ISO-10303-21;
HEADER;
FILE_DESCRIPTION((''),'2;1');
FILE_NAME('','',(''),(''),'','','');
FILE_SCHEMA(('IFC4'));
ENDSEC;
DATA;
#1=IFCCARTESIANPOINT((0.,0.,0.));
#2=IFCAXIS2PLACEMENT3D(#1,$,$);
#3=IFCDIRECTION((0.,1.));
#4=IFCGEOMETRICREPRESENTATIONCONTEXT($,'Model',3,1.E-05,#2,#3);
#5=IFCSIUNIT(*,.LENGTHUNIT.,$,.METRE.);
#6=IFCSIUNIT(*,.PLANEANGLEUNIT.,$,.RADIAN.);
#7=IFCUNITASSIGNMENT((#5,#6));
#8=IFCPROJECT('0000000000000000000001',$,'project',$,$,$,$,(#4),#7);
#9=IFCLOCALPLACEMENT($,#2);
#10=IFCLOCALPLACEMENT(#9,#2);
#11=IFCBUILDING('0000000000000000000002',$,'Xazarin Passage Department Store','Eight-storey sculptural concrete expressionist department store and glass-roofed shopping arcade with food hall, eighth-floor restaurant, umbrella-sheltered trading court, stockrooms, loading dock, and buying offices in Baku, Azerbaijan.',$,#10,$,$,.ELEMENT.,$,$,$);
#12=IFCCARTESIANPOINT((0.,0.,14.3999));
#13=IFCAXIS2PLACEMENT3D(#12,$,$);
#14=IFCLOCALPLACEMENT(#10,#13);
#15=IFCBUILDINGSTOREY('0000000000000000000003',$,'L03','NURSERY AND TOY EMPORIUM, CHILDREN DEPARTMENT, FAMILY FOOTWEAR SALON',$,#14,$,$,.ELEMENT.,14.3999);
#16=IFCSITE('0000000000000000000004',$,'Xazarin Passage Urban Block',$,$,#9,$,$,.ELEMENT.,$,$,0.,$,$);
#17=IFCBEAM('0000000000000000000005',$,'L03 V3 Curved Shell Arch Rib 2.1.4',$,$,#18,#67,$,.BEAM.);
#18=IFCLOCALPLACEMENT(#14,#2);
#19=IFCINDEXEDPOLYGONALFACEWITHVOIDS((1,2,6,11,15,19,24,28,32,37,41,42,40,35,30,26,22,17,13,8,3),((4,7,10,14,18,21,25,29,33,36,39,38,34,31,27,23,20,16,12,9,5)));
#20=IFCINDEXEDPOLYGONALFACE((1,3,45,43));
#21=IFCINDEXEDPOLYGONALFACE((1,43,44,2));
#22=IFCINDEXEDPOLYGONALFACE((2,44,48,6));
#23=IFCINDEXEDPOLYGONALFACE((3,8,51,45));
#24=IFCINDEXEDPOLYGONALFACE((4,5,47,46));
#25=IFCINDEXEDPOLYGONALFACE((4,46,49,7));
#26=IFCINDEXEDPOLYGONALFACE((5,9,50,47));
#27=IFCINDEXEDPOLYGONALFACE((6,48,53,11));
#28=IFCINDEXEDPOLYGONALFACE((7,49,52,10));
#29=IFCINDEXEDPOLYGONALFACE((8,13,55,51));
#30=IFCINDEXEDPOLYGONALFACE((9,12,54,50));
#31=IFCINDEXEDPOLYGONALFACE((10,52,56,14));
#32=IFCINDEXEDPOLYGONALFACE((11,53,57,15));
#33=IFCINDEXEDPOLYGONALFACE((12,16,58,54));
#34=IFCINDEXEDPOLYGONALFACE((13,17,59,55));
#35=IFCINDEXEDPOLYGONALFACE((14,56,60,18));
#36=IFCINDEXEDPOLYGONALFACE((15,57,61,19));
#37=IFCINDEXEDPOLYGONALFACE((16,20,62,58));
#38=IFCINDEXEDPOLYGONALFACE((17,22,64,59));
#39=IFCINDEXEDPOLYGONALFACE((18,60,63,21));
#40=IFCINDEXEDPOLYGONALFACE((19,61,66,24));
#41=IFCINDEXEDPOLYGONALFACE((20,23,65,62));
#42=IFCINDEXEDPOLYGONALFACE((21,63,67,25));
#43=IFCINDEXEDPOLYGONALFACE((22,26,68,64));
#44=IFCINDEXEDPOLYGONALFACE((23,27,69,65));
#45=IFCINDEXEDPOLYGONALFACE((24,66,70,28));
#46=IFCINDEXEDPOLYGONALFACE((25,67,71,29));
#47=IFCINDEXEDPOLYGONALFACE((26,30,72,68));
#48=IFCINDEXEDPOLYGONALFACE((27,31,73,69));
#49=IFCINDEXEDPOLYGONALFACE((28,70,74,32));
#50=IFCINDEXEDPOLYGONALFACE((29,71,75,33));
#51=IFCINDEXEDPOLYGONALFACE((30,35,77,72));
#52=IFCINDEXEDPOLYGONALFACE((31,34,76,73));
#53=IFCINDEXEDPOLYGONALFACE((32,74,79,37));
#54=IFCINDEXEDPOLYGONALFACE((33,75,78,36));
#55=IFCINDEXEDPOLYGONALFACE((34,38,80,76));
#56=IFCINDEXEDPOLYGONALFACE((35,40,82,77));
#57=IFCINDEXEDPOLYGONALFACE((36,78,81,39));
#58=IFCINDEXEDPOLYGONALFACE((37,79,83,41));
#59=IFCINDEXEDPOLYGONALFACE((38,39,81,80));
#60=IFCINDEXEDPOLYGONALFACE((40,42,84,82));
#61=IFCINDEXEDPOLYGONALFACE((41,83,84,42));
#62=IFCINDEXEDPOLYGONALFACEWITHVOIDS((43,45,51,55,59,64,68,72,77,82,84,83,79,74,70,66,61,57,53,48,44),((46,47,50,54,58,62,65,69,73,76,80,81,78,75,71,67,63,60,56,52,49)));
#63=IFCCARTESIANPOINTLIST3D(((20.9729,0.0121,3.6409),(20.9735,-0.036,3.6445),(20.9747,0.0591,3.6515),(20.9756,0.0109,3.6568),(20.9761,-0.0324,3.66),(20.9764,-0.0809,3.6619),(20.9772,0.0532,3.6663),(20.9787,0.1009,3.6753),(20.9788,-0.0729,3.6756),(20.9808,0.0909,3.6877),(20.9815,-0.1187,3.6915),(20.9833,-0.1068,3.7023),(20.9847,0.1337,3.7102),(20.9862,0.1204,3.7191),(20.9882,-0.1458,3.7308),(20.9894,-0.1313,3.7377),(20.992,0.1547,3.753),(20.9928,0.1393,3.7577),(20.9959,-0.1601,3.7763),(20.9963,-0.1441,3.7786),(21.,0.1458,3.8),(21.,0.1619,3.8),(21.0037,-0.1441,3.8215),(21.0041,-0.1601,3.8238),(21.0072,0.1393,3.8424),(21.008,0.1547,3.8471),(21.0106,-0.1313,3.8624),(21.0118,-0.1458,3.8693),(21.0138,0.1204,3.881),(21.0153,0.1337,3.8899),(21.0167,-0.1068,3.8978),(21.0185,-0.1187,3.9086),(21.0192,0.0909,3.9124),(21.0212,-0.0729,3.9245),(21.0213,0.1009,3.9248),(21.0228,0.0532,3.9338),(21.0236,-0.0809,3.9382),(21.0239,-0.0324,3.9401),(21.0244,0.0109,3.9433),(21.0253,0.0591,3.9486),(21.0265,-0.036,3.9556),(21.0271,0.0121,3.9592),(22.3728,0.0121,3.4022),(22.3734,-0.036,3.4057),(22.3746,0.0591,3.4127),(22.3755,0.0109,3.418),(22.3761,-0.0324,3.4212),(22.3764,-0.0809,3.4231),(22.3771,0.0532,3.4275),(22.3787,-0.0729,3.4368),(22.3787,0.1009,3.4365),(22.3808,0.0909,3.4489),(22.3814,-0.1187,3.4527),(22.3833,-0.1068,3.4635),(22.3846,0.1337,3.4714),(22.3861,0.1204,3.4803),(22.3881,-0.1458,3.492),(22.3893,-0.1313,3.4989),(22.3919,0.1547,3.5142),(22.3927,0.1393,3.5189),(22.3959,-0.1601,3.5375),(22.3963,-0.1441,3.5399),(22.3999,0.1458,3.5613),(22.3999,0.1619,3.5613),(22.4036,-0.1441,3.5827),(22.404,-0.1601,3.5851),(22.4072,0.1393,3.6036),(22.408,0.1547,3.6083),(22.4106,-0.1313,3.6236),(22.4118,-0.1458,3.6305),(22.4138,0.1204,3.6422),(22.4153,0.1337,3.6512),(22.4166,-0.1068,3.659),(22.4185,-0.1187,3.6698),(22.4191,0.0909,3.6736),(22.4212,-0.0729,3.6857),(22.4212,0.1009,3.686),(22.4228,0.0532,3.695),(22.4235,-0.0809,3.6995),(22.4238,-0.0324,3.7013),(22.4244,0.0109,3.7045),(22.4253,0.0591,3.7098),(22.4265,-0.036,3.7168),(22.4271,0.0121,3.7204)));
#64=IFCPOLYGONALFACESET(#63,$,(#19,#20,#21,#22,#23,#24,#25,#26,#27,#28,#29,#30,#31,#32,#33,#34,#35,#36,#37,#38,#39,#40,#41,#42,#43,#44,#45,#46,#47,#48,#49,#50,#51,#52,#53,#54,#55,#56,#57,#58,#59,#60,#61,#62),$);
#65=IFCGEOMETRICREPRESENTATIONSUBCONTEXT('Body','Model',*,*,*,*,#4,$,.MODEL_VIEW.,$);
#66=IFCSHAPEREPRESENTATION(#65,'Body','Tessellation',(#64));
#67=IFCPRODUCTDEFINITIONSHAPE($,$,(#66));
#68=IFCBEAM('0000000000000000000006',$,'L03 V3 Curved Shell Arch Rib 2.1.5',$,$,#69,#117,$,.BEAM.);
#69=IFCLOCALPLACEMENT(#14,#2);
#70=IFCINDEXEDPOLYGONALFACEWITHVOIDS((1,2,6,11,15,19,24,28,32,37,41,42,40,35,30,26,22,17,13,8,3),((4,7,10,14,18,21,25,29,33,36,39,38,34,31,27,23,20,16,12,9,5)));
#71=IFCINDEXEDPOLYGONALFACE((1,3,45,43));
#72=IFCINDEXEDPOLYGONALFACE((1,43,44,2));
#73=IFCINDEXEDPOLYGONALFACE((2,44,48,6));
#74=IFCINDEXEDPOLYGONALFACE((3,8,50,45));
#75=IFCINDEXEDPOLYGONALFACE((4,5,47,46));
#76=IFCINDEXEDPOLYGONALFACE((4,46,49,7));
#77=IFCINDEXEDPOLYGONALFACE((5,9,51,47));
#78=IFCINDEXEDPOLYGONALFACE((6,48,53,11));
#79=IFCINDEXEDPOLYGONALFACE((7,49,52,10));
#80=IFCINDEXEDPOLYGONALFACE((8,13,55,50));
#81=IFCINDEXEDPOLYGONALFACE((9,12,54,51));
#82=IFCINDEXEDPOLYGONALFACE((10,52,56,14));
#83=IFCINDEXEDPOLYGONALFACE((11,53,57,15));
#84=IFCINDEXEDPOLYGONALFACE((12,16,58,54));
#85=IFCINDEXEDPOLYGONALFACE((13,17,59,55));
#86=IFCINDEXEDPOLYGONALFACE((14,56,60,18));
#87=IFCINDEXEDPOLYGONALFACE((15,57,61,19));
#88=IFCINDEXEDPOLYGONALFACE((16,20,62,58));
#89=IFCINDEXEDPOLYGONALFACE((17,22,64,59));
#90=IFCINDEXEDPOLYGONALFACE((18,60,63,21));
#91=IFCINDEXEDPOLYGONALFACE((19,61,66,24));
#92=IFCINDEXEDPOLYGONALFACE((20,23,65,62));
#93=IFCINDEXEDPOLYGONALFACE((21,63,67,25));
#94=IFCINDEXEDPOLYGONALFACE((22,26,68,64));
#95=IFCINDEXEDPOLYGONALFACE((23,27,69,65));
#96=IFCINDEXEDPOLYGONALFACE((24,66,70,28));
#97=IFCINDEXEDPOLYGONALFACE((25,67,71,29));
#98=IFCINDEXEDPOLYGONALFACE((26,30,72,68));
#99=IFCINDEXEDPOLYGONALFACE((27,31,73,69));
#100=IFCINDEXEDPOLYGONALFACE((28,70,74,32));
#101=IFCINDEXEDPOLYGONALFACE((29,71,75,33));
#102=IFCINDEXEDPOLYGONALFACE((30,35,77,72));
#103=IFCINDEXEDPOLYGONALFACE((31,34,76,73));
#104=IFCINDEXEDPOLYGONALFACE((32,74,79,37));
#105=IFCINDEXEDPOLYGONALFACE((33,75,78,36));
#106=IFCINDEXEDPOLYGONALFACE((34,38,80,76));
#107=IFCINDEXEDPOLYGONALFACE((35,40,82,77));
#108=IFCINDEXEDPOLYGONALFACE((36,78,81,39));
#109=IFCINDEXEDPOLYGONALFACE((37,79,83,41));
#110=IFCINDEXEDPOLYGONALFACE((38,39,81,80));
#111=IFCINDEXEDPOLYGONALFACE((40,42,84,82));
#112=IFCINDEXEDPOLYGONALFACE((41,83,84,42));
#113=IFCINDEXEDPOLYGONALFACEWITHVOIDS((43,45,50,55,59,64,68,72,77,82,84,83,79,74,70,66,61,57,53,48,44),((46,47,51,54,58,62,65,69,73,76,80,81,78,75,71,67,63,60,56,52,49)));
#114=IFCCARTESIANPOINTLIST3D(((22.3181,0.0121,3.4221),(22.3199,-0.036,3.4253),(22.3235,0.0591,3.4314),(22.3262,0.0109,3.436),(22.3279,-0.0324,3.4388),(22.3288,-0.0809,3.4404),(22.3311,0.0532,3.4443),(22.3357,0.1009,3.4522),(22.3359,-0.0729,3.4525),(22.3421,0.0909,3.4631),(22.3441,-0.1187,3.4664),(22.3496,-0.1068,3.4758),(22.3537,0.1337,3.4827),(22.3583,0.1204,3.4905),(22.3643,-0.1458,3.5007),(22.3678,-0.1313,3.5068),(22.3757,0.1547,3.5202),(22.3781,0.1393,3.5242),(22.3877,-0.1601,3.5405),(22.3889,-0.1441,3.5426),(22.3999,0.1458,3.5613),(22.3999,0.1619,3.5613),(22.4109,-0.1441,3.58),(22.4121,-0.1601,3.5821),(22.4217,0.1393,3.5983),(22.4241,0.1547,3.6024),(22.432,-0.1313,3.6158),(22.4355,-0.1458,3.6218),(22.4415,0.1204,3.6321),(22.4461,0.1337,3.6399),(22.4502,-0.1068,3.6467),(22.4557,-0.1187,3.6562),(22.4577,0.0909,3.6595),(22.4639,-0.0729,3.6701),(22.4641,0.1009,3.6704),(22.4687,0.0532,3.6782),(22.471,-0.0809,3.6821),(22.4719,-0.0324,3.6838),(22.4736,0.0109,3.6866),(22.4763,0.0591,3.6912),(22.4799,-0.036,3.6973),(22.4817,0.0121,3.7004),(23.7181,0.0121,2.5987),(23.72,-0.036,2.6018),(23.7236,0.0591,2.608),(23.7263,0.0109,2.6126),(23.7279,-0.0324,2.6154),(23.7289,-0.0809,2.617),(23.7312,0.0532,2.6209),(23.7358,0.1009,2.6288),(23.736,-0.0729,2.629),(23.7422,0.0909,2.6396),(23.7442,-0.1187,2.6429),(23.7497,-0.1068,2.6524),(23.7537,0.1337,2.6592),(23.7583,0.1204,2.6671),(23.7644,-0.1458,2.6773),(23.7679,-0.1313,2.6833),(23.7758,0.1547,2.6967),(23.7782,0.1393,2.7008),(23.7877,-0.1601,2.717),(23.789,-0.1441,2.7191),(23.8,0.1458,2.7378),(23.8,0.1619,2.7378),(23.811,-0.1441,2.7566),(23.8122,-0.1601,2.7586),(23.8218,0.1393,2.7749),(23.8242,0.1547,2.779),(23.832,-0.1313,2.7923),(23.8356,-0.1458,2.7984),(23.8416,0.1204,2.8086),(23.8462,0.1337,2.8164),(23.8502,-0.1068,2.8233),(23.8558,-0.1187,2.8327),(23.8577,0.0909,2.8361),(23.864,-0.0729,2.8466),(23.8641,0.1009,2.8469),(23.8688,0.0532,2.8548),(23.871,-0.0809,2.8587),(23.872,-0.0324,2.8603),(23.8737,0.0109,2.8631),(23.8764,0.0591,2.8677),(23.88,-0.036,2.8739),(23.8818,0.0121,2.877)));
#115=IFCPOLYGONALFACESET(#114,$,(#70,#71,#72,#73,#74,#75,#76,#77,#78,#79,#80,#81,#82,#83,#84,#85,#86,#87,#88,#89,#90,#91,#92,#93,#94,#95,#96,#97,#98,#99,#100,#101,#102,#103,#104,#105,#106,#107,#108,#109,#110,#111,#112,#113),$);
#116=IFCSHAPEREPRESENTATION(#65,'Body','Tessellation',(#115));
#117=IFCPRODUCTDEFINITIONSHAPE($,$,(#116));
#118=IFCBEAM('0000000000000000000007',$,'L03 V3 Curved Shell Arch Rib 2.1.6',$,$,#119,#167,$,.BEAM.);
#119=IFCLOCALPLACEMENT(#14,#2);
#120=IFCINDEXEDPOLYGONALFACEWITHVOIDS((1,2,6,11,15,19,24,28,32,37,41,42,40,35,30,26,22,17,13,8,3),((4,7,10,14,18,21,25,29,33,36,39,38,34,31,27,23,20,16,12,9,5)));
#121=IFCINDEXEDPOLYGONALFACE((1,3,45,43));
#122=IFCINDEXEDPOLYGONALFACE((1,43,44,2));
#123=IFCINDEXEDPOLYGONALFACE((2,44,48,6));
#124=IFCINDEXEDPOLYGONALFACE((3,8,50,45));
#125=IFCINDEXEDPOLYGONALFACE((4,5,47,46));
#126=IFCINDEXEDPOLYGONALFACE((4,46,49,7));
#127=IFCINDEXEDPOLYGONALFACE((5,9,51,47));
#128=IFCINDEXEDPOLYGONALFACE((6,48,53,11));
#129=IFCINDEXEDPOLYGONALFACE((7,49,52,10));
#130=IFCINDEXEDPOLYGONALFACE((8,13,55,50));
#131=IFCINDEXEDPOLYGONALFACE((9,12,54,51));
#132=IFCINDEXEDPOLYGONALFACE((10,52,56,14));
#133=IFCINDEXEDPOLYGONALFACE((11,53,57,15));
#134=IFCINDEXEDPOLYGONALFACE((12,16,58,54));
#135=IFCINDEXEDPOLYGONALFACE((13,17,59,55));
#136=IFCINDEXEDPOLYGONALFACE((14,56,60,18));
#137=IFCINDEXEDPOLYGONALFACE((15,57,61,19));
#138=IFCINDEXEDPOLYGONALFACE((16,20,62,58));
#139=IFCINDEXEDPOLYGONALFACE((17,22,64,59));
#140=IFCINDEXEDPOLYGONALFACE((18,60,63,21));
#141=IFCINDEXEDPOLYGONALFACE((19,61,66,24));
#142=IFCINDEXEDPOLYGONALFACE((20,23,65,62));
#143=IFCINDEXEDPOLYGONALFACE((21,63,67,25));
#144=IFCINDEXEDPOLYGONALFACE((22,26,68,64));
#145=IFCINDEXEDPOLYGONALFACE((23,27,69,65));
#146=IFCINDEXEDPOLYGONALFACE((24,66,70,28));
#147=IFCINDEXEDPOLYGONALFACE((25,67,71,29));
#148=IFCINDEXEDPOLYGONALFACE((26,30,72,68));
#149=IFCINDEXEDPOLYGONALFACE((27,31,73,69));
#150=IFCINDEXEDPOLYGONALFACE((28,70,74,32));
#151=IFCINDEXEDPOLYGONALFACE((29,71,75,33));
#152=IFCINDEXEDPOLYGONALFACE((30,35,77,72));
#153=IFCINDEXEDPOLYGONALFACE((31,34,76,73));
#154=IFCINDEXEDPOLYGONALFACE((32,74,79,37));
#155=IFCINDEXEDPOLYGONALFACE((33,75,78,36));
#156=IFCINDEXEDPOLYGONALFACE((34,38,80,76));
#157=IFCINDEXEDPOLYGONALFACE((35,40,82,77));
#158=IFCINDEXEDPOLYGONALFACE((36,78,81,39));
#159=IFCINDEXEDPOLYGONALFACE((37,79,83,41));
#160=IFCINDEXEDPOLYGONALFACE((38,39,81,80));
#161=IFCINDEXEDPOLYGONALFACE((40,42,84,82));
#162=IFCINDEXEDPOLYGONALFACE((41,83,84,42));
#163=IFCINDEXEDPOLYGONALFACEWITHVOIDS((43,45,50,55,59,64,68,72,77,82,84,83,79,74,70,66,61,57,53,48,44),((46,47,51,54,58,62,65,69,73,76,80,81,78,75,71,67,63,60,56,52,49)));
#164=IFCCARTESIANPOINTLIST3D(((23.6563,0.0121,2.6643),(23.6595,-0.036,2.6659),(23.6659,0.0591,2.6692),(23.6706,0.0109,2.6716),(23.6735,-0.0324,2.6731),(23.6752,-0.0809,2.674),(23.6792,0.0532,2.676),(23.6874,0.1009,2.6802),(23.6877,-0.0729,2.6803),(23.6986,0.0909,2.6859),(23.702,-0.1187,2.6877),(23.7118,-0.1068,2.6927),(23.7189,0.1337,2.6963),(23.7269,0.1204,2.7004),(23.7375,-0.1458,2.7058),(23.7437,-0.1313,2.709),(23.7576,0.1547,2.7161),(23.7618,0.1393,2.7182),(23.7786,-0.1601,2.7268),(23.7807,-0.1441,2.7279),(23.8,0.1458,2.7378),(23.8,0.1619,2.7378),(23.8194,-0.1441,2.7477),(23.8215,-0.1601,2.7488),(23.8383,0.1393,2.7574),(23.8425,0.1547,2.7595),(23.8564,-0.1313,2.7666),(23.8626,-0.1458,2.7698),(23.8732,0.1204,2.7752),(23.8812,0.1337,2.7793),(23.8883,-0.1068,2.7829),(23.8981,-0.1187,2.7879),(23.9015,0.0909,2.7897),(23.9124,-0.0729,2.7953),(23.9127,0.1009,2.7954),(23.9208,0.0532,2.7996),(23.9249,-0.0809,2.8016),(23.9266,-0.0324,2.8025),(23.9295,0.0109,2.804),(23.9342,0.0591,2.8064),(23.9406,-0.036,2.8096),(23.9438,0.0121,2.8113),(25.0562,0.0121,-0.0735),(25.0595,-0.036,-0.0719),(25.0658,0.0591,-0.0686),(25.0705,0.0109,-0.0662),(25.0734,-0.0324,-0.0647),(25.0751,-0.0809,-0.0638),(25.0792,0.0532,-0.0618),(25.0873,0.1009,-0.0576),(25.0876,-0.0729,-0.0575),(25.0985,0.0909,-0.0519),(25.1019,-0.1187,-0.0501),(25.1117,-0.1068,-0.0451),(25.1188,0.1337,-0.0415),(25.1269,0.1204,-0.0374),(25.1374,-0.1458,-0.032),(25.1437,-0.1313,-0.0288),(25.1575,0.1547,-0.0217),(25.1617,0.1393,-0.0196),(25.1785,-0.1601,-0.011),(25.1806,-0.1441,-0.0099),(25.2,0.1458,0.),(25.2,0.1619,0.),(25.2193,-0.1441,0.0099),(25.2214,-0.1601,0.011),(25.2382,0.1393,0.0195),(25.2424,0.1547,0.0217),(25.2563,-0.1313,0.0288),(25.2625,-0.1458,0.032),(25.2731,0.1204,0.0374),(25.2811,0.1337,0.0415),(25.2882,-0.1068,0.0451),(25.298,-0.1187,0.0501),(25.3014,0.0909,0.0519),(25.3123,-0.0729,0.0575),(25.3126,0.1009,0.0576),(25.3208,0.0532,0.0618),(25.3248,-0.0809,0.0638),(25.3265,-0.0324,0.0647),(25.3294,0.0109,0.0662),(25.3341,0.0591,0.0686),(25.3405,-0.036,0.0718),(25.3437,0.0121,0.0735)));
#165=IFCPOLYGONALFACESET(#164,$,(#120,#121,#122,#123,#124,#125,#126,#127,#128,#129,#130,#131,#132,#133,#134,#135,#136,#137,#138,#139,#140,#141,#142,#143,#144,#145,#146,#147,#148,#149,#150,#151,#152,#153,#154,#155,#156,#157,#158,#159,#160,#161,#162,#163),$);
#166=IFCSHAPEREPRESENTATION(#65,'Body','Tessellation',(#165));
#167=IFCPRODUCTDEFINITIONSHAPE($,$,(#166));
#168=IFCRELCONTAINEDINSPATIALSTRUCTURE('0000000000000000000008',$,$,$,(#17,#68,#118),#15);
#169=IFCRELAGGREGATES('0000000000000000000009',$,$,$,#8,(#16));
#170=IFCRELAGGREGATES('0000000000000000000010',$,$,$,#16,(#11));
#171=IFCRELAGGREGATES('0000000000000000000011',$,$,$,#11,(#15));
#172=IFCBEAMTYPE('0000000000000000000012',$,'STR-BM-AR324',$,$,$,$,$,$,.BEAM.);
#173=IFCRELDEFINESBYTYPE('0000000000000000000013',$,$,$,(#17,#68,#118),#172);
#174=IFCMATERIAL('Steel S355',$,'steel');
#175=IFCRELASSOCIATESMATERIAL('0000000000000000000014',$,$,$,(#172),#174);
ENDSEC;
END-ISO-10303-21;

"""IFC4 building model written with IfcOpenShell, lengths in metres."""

from ifc_helpers import new_model, si_unit, direction, frame, origin, origin_2d, place, context, subcontext, project, spatial, hollow_circle, extrude, material, material_profile, profile_set, type_object, element, save


model = new_model("IFC4")

# Units and contexts
model_context = context("Model", 3, precision=1e-05, world=origin(), true_north=direction((0.0, 1.0)))
body_context = subcontext(model_context, "Body", "Model", "MODEL_VIEW")
ifc_project = project(units=[si_unit("LENGTHUNIT", "METRE"), si_unit("PLANEANGLEUNIT", "RADIAN")], contexts=[model_context])

# Site, building, storey
site_placement = place(None, origin())
site = spatial("IfcSite", under=ifc_project, at=site_placement, Name="Xazarin Passage Urban Block", CompositionType="ELEMENT", RefElevation=0.0)
building_placement = place(site_placement, origin())
building = spatial("IfcBuilding", under=site, at=building_placement, Name="Xazarin Passage Department Store", Description="Eight-storey sculptural concrete expressionist department store and glass-roofed shopping arcade with food hall, eighth-floor restaurant, umbrella-sheltered trading court, stockrooms, loading dock, and buying offices in Baku, Azerbaijan.", CompositionType="ELEMENT")
storey_placement = place(building_placement, frame((0.0, 0.0, 14.3999)))
storey = spatial("IfcBuildingStorey", under=building, at=storey_placement, Name="L03", Description="NURSERY AND TOY EMPORIUM, CHILDREN DEPARTMENT, FAMILY FOOTWEAR SALON", CompositionType="ELEMENT", Elevation=14.3999)

# Beams
ifc_material_1 = material(Name="Steel S355", Category="steel")
ifc_material_profile_1 = material_profile(ifc_material_1, hollow_circle(Radius=0.1619, WallThickness=0.0161, at=origin_2d()), Name="CHS 323.9x16")
ifc_profile_set_1 = profile_set([ifc_material_profile_1], Name="Steel S355")
beam_type_1 = type_object("IfcBeamType", Name="STR-BM-AR324", PredefinedType="BEAM", material=ifc_profile_set_1)
for number, where, z_axis, x_axis, name in (
    (1, (21.0, 0.0, 3.8), (0.985764, 0.0, -0.168133), (0.0, 1.0, 0.0), "L03 V3 Curved Shell Arch Rib 2.1.4"),
):
    element("IfcBeam", number, at=place(storey_placement, frame(where, z_axis=z_axis, x_axis=x_axis)), inside=storey, type_object=beam_type_1, Name=name, PredefinedType="BEAM", context=body_context, shape_type="SweptSolid", body=[
        extrude(hollow_circle(Radius=0.1619, WallThickness=0.0161, at=origin_2d()), origin(), (0.0, 0.0, 1.0), 1.4202),
    ])
beam_1_placement = place(storey_placement, frame((22.3999, 0.0, 3.5613), z_axis=(0.861969, 0.0, -0.506961), x_axis=(0.0, 1.0, 0.0)))
element("IfcBeam", 2, at=beam_1_placement, inside=storey, type_object=beam_type_1, Name="L03 V3 Curved Shell Arch Rib 2.1.5", PredefinedType="BEAM", context=body_context, shape_type="SweptSolid", body=[
    extrude(hollow_circle(Radius=0.1619, WallThickness=0.0161, at=origin_2d()), origin(), (0.0, 0.0, 1.0), 1.6243),
])
for number, where, z_axis, x_axis, name in (
    (3, (23.8, 0.0, 2.7378), (0.455262, 0.0, -0.890357), (0.0, 1.0, 0.0), "L03 V3 Curved Shell Arch Rib 2.1.6"),
):
    element("IfcBeam", number, at=place(storey_placement, frame(where, z_axis=z_axis, x_axis=x_axis)), inside=storey, type_object=beam_type_1, Name=name, PredefinedType="BEAM", context=body_context, shape_type="SweptSolid", body=[
        extrude(hollow_circle(Radius=0.1619, WallThickness=0.0161, at=origin_2d()), origin(), (0.0, 0.0, 1.0), 3.075),
    ])

save(model, "model.ifc")
